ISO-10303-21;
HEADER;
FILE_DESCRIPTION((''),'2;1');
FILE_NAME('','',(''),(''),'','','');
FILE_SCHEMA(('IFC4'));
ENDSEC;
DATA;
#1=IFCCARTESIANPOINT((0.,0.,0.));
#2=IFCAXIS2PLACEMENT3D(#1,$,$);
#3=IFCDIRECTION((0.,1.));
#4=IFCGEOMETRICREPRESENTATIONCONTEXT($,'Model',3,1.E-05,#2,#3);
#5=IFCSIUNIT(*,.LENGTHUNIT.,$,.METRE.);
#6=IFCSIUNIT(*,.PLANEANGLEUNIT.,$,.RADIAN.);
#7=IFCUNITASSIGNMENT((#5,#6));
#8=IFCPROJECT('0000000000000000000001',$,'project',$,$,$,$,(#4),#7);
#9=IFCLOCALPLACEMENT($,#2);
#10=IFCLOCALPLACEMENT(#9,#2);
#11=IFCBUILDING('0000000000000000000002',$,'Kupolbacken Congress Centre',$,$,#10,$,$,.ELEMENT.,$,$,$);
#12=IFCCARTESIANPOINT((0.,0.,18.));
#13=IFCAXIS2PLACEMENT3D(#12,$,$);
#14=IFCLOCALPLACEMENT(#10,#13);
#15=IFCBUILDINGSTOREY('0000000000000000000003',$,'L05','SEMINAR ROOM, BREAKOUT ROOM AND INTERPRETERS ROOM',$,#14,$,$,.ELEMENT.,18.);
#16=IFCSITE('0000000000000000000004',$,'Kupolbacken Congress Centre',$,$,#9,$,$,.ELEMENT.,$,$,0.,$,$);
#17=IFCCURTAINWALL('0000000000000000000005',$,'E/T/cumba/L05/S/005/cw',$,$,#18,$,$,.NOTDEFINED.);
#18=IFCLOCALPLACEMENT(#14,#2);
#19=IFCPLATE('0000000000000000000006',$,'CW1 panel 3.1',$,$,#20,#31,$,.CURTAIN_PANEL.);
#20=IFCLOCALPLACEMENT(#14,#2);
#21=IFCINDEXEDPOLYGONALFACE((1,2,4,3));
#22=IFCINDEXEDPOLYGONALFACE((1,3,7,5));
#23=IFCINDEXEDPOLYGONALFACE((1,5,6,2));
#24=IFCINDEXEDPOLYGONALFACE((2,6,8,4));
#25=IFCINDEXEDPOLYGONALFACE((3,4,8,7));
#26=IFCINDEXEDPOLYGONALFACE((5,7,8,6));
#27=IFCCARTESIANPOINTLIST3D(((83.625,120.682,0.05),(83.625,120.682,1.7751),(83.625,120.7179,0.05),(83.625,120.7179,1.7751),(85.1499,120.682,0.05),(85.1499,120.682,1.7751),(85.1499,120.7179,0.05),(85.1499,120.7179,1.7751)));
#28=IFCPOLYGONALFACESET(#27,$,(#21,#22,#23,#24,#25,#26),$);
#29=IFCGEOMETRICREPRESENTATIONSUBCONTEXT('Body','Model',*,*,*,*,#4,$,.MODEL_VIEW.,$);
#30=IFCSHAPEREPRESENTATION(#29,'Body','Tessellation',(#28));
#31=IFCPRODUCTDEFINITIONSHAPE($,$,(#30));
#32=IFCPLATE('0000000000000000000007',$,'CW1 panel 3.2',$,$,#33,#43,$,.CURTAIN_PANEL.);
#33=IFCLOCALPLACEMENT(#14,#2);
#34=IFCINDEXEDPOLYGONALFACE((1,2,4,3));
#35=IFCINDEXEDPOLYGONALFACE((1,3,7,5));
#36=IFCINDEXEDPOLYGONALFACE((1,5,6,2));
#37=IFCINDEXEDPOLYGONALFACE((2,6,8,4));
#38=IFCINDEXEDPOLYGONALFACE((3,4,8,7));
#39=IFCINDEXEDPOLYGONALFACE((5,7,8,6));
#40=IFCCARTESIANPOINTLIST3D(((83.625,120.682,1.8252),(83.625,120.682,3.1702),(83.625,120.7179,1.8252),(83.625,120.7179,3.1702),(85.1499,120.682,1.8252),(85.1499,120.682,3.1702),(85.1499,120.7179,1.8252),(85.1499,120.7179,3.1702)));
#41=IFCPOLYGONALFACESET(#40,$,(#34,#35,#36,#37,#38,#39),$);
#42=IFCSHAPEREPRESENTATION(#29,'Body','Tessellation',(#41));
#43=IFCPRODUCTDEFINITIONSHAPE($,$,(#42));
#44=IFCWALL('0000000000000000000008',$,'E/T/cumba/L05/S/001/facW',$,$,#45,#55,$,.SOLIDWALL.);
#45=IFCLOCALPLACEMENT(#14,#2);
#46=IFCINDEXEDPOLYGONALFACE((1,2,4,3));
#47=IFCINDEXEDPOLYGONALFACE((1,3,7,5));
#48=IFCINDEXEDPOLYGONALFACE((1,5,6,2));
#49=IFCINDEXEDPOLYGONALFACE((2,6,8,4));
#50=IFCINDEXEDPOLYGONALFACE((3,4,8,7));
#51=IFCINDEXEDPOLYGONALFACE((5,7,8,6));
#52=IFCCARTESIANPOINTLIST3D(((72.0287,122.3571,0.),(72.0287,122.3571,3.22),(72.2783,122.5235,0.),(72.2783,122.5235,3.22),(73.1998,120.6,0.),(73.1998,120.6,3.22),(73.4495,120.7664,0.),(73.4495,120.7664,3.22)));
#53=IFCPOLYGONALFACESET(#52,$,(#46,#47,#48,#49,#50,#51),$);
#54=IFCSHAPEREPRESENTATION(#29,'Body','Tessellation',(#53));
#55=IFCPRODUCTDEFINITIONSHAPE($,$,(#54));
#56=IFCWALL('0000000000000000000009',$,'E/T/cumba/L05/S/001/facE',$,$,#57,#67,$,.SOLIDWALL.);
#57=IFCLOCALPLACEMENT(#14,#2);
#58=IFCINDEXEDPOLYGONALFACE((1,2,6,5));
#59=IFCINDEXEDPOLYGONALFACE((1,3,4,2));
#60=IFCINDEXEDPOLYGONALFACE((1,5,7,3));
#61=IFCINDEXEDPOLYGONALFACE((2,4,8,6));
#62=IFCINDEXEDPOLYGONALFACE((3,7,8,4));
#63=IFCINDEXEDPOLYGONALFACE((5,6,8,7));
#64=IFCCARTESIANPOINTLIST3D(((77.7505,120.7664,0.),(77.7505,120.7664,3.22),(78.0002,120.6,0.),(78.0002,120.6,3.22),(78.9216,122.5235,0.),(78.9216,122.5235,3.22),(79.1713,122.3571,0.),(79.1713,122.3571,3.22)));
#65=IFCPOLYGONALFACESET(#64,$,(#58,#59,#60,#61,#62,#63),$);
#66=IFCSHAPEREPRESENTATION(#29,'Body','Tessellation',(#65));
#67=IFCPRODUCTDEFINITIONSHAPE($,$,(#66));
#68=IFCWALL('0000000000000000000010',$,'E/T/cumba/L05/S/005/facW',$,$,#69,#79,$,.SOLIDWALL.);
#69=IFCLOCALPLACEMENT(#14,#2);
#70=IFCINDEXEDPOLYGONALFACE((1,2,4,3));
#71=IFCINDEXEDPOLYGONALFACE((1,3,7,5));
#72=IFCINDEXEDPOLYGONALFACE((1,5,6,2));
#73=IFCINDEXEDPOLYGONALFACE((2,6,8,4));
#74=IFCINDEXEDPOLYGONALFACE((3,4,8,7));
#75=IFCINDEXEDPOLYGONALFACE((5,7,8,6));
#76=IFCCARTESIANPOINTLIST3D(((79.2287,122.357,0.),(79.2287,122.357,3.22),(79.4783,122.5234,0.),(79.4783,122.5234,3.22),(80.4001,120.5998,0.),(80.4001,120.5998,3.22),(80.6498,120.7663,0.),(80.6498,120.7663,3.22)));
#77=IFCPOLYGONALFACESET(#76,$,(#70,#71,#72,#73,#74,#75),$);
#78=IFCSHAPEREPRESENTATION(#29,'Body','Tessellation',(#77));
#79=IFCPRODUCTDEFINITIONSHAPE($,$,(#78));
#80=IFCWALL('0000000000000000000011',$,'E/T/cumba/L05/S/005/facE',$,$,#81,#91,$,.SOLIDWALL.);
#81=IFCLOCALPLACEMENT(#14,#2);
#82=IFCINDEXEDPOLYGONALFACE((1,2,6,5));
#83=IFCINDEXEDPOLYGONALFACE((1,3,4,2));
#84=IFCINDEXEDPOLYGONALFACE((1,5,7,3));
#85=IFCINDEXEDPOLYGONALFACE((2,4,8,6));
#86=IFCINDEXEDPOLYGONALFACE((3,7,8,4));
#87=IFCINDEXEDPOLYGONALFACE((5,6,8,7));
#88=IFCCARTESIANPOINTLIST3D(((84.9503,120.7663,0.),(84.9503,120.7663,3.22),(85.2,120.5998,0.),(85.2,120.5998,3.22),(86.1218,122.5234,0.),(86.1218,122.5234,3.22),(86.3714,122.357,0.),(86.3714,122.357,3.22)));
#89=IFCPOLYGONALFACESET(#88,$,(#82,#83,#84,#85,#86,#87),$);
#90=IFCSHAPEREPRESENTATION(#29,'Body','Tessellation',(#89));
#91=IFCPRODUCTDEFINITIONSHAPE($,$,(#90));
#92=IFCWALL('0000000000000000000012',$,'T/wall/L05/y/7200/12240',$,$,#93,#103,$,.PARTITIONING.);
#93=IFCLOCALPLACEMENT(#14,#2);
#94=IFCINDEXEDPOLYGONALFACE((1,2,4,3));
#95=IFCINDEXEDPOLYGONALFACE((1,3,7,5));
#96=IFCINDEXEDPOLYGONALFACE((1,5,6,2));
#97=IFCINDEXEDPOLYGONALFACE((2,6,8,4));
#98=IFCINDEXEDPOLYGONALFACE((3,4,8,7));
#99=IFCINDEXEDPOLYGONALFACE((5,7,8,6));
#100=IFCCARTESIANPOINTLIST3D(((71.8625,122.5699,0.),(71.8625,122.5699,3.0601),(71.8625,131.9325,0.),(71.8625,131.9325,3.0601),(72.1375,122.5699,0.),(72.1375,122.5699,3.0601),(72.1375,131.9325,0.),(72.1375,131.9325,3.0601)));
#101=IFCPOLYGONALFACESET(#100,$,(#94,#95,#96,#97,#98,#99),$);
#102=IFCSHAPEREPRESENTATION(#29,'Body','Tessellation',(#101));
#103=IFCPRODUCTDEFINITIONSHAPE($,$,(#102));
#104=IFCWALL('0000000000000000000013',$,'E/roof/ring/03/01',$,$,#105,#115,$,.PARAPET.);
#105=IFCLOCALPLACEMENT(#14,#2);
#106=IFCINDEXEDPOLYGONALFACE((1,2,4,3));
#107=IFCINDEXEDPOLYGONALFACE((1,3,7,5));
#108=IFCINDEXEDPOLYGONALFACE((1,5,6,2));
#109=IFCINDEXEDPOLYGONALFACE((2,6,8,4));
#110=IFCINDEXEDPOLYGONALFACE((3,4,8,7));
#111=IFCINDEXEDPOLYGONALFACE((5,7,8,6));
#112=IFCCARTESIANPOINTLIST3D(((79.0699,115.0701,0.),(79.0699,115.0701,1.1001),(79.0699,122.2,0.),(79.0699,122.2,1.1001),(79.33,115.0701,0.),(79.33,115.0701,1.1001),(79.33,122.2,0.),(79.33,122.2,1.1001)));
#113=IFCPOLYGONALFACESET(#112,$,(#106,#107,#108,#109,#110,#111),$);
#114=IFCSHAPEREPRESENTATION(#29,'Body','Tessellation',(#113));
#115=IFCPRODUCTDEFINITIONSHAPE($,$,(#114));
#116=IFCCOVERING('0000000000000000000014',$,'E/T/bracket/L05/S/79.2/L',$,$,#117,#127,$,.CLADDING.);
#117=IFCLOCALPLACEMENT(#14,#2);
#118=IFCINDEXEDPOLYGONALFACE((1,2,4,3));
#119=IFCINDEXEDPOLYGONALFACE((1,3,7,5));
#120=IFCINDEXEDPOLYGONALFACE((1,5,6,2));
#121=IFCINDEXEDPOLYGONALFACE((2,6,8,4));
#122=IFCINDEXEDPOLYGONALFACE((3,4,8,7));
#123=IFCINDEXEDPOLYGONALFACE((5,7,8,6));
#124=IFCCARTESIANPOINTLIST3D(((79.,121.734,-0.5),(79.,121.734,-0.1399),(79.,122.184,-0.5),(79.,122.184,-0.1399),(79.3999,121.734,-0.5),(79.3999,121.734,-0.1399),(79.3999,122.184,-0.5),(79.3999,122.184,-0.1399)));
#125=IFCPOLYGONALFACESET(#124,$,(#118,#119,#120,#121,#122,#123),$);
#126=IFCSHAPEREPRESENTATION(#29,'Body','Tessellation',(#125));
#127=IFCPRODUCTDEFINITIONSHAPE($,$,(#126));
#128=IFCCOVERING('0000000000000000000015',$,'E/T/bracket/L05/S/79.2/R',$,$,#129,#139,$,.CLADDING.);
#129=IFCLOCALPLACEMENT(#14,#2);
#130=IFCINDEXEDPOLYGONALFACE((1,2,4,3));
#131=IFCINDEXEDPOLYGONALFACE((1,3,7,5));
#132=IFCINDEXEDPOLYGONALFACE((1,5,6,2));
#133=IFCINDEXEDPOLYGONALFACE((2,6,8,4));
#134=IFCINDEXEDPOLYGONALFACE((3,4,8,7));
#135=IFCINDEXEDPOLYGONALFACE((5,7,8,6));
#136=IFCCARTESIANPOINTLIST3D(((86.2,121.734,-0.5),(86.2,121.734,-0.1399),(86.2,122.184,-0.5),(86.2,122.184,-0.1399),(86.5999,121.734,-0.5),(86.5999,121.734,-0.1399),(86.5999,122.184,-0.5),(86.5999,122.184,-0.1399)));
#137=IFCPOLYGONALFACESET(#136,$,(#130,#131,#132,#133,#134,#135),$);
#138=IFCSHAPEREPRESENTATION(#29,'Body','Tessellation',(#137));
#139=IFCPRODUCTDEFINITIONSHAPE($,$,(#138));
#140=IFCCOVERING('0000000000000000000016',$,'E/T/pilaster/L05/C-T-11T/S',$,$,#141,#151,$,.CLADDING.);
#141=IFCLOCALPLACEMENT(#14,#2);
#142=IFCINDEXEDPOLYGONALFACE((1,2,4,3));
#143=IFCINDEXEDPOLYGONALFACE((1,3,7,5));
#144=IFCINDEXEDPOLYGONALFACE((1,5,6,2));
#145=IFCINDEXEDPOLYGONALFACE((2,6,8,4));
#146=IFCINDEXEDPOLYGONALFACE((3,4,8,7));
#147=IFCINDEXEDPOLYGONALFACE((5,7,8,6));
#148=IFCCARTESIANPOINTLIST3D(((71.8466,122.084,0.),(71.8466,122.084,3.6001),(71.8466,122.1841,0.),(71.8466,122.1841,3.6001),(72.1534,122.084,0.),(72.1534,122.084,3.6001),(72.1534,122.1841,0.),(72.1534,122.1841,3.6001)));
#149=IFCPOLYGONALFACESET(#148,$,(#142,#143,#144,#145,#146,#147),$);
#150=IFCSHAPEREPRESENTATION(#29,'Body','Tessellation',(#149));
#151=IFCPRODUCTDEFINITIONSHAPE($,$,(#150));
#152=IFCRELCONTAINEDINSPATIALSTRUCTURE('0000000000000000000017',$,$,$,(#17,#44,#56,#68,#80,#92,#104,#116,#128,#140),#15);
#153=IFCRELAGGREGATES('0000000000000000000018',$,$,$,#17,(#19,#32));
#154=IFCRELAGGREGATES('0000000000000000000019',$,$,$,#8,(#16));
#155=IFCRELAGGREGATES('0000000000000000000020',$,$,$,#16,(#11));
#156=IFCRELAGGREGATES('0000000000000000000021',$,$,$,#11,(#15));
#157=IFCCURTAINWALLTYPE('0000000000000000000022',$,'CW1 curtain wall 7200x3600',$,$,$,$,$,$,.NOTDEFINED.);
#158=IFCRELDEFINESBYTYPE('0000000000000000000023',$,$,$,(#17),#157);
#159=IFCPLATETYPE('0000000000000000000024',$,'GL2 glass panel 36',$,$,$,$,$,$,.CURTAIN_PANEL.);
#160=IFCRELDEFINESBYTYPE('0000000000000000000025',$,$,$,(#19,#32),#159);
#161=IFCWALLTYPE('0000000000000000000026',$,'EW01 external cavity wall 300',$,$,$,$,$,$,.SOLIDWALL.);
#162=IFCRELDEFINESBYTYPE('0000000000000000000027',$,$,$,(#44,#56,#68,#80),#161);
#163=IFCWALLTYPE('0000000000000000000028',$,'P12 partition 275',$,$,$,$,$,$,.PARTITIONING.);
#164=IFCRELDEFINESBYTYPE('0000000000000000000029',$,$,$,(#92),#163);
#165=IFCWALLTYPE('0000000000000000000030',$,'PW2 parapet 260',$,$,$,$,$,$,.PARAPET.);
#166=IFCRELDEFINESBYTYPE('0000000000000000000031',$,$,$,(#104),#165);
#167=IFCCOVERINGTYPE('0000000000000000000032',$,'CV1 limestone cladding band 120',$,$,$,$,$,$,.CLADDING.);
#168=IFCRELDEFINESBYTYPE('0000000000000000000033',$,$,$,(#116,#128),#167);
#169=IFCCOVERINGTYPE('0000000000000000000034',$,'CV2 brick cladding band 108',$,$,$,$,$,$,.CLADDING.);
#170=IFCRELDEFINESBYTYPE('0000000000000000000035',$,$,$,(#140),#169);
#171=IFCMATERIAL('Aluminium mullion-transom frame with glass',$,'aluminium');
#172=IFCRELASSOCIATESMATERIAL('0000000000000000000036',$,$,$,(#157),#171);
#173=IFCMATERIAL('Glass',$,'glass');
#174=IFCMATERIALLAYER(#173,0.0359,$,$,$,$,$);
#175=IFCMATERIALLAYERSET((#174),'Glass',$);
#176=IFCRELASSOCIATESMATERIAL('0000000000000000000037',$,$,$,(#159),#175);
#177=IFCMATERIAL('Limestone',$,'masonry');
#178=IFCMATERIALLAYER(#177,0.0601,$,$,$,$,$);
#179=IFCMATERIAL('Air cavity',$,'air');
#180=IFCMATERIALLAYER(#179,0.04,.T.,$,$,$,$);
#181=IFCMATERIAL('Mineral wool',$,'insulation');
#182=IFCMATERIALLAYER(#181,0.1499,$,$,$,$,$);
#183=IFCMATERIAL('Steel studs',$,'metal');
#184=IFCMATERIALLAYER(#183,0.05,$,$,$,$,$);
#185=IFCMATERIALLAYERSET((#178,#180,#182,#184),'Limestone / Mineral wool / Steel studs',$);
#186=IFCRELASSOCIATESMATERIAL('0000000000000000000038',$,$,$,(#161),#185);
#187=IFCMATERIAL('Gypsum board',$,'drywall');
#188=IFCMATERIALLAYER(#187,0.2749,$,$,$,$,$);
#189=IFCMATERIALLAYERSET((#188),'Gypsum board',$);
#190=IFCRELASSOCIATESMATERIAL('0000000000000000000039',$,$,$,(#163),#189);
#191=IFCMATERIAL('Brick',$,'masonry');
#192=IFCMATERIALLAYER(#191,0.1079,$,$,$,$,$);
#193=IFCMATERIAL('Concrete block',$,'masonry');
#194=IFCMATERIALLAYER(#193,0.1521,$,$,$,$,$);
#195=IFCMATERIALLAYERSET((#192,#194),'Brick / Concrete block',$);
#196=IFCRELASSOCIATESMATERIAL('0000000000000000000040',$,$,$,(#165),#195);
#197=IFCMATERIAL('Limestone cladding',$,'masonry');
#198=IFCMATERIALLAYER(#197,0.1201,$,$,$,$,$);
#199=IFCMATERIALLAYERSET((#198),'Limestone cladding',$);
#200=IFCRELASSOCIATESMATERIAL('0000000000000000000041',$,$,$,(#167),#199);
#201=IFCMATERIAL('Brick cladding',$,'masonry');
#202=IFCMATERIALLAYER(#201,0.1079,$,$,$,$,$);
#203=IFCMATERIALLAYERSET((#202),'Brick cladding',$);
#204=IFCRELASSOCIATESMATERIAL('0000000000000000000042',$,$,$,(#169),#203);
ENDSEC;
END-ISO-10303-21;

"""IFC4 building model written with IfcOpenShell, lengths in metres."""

from ifc_helpers import new_model, si_unit, direction, frame, frame_2d, origin, origin_2d, place, context, subcontext, project, spatial, rectangle, extrude, material, layer, layer_set, type_object, element, aggregate, save


model = new_model("IFC4")

# Units and contexts
model_context = context("Model", 3, precision=1e-05, world=origin(), true_north=direction((0.0, 1.0)))
body_context = subcontext(model_context, "Body", "Model", "MODEL_VIEW")
ifc_project = project(units=[si_unit("LENGTHUNIT", "METRE"), si_unit("PLANEANGLEUNIT", "RADIAN")], contexts=[model_context])

# Site, building, storey
site_placement = place(None, origin())
site = spatial("IfcSite", under=ifc_project, at=site_placement, Name="Kupolbacken Congress Centre", CompositionType="ELEMENT", RefElevation=0.0)
building_placement = place(site_placement, origin())
building = spatial("IfcBuilding", under=site, at=building_placement, Name="Kupolbacken Congress Centre", CompositionType="ELEMENT")
storey_placement = place(building_placement, frame((0.0, 0.0, 18.0)))
storey = spatial("IfcBuildingStorey", under=building, at=storey_placement, Name="L05", Description="SEMINAR ROOM, BREAKOUT ROOM AND INTERPRETERS ROOM", CompositionType="ELEMENT", Elevation=18.0)

# Curtain wall, plates
ifc_material_1 = material(Name="Aluminium mullion-transom frame with glass", Category="aluminium")
curtain_wall_type = type_object("IfcCurtainWallType", Name="CW1 curtain wall 7200x3600", PredefinedType="NOTDEFINED", material=ifc_material_1)
curtain_wall_placement = place(storey_placement, origin())
curtain_wall = element("IfcCurtainWall", 1, at=curtain_wall_placement, inside=storey, type_object=curtain_wall_type, Name="E/T/cumba/L05/S/005/cw", PredefinedType="NOTDEFINED")
ifc_material_2 = material(Name="Glass", Category="glass")
ifc_layer_1 = layer(ifc_material_2, 0.0359)
ifc_layer_set_1 = layer_set([ifc_layer_1], Name="Glass")
plate_type = type_object("IfcPlateType", Name="GL2 glass panel 36", PredefinedType="CURTAIN_PANEL", material=ifc_layer_set_1)
plate_1_placement = place(storey_placement, frame((84.3875, 120.7, 0.05), z_axis=(0.0, 0.0, 1.0), x_axis=(1.0, 0.0, 0.0)))
plate_1 = element("IfcPlate", 2, at=plate_1_placement, type_object=plate_type, Name="CW1 panel 3.1", PredefinedType="CURTAIN_PANEL", context=body_context, shape_type="SweptSolid", body=[
    extrude(rectangle(XDim=1.5249, YDim=0.0359, at=origin_2d()), origin(), (0.0, 0.0, 1.0), 1.7251),
])
plate_2_placement = place(storey_placement, frame((84.3875, 120.7, 1.8252), z_axis=(0.0, 0.0, 1.0), x_axis=(1.0, 0.0, 0.0)))
plate_2 = element("IfcPlate", 3, at=plate_2_placement, type_object=plate_type, Name="CW1 panel 3.2", PredefinedType="CURTAIN_PANEL", context=body_context, shape_type="SweptSolid", body=[
    extrude(rectangle(XDim=1.5249, YDim=0.0359, at=origin_2d()), origin(), (0.0, 0.0, 1.0), 1.345),
])
aggregate(curtain_wall, [plate_1, plate_2])

# Walls
ifc_material_3 = material(Name="Limestone", Category="masonry")
ifc_layer_2 = layer(ifc_material_3, 0.0601)
ifc_material_4 = material(Name="Air cavity", Category="air")
ifc_layer_3 = layer(ifc_material_4, 0.04, ventilated=True)
ifc_material_5 = material(Name="Mineral wool", Category="insulation")
ifc_layer_4 = layer(ifc_material_5, 0.1499)
ifc_material_6 = material(Name="Steel studs", Category="metal")
ifc_layer_5 = layer(ifc_material_6, 0.05)
ifc_layer_set_2 = layer_set([ifc_layer_2, ifc_layer_3, ifc_layer_4, ifc_layer_5], Name="Limestone / Mineral wool / Steel studs")
wall_type_1 = type_object("IfcWallType", Name="EW01 external cavity wall 300", PredefinedType="SOLIDWALL", material=ifc_layer_set_2)
for number, where, z_axis, x_axis, name in (
    (4, (72.1536, 122.4402, 0.0), (0.0, 0.0, 1.0), (0.55462, -0.832104, 0.0), "E/T/cumba/L05/S/001/facW"),
    (5, (79.0464, 122.4402, 0.0), (0.0, 0.0, 1.0), (-0.55462, -0.832104, 0.0), "E/T/cumba/L05/S/001/facE"),
):
    element("IfcWall", number, at=place(storey_placement, frame(where, z_axis=z_axis, x_axis=x_axis)), inside=storey, type_object=wall_type_1, Name=name, PredefinedType="SOLIDWALL", context=body_context, shape_type="SweptSolid", body=[
        extrude(rectangle(XDim=2.1116, YDim=0.3, at=frame_2d((1.0557, 0.0))), origin(), (0.0, 0.0, 1.0), 3.22),
    ])
for number, where, z_axis, x_axis, name in (
    (6, (79.3535, 122.4402, 0.0), (0.0, 0.0, 1.0), (0.5547, -0.83205, 0.0), "E/T/cumba/L05/S/005/facW"),
    (7, (86.2466, 122.4402, 0.0), (0.0, 0.0, 1.0), (-0.5547, -0.83205, 0.0), "E/T/cumba/L05/S/005/facE"),
):
    element("IfcWall", number, at=place(storey_placement, frame(where, z_axis=z_axis, x_axis=x_axis)), inside=storey, type_object=wall_type_1, Name=name, PredefinedType="SOLIDWALL", context=body_context, shape_type="SweptSolid", body=[
        extrude(rectangle(XDim=2.1118, YDim=0.3, at=frame_2d((1.0559, 0.0))), origin(), (0.0, 0.0, 1.0), 3.22),
    ])
ifc_material_7 = material(Name="Gypsum board", Category="drywall")
ifc_layer_6 = layer(ifc_material_7, 0.2749)
ifc_layer_set_3 = layer_set([ifc_layer_6], Name="Gypsum board")
wall_type_2 = type_object("IfcWallType", Name="P12 partition 275", PredefinedType="PARTITIONING", material=ifc_layer_set_3)
wall_1_placement = place(storey_placement, frame((72.0, 122.5701, 0.0), z_axis=(0.0, 0.0, 1.0), x_axis=(0.0, 1.0, 0.0)))
element("IfcWall", 8, at=wall_1_placement, inside=storey, type_object=wall_type_2, Name="T/wall/L05/y/7200/12240", PredefinedType="PARTITIONING", context=body_context, shape_type="SweptSolid", body=[
    extrude(rectangle(XDim=9.3625, YDim=0.2749, at=frame_2d((4.6812, 0.0))), origin(), (0.0, 0.0, 1.0), 3.0601),
])
ifc_material_8 = material(Name="Brick", Category="masonry")
ifc_layer_7 = layer(ifc_material_8, 0.1079)
ifc_material_9 = material(Name="Concrete block", Category="masonry")
ifc_layer_8 = layer(ifc_material_9, 0.1521)
ifc_layer_set_4 = layer_set([ifc_layer_7, ifc_layer_8], Name="Brick / Concrete block")
wall_type_3 = type_object("IfcWallType", Name="PW2 parapet 260", PredefinedType="PARAPET", material=ifc_layer_set_4)
wall_2_placement = place(storey_placement, frame((79.2, 122.2, 0.0), z_axis=(0.0, 0.0, 1.0), x_axis=(0.0, -1.0, 0.0)))
element("IfcWall", 9, at=wall_2_placement, inside=storey, type_object=wall_type_3, Name="E/roof/ring/03/01", PredefinedType="PARAPET", context=body_context, shape_type="SweptSolid", body=[
    extrude(rectangle(XDim=7.1299, YDim=0.26, at=frame_2d((3.5649, 0.0))), origin(), (0.0, 0.0, 1.0), 1.1001),
])

# Coverings
ifc_material_10 = material(Name="Limestone cladding", Category="masonry")
ifc_layer_9 = layer(ifc_material_10, 0.1201)
ifc_layer_set_5 = layer_set([ifc_layer_9], Name="Limestone cladding")
covering_type_1 = type_object("IfcCoveringType", Name="CV1 limestone cladding band 120", PredefinedType="CLADDING", material=ifc_layer_set_5)
for number, where, z_axis, x_axis, name in (
    (10, (79.2, 121.959, -0.5), (0.0, 0.0, 1.0), (1.0, 0.0, 0.0), "E/T/bracket/L05/S/79.2/L"),
    (11, (86.3999, 121.959, -0.5), (0.0, 0.0, 1.0), (1.0, 0.0, 0.0), "E/T/bracket/L05/S/79.2/R"),
):
    element("IfcCovering", number, at=place(storey_placement, frame(where, z_axis=z_axis, x_axis=x_axis)), inside=storey, type_object=covering_type_1, Name=name, PredefinedType="CLADDING", context=body_context, shape_type="SweptSolid", body=[
        extrude(rectangle(XDim=0.3999, YDim=0.45, at=origin_2d()), origin(), (0.0, 0.0, 1.0), 0.3601),
    ])
ifc_material_11 = material(Name="Brick cladding", Category="masonry")
ifc_layer_10 = layer(ifc_material_11, 0.1079)
ifc_layer_set_6 = layer_set([ifc_layer_10], Name="Brick cladding")
covering_type_2 = type_object("IfcCoveringType", Name="CV2 brick cladding band 108", PredefinedType="CLADDING", material=ifc_layer_set_6)
covering_placement = place(storey_placement, frame((72.0, 122.134, 0.0), z_axis=(0.0, 0.0, 1.0), x_axis=(1.0, 0.0, 0.0)))
element("IfcCovering", 12, at=covering_placement, inside=storey, type_object=covering_type_2, Name="E/T/pilaster/L05/C-T-11T/S", PredefinedType="CLADDING", context=body_context, shape_type="SweptSolid", body=[
    extrude(rectangle(XDim=0.3069, YDim=0.1001, at=origin_2d()), origin(), (0.0, 0.0, 1.0), 3.6001),
])

save(model, "model.ifc")
